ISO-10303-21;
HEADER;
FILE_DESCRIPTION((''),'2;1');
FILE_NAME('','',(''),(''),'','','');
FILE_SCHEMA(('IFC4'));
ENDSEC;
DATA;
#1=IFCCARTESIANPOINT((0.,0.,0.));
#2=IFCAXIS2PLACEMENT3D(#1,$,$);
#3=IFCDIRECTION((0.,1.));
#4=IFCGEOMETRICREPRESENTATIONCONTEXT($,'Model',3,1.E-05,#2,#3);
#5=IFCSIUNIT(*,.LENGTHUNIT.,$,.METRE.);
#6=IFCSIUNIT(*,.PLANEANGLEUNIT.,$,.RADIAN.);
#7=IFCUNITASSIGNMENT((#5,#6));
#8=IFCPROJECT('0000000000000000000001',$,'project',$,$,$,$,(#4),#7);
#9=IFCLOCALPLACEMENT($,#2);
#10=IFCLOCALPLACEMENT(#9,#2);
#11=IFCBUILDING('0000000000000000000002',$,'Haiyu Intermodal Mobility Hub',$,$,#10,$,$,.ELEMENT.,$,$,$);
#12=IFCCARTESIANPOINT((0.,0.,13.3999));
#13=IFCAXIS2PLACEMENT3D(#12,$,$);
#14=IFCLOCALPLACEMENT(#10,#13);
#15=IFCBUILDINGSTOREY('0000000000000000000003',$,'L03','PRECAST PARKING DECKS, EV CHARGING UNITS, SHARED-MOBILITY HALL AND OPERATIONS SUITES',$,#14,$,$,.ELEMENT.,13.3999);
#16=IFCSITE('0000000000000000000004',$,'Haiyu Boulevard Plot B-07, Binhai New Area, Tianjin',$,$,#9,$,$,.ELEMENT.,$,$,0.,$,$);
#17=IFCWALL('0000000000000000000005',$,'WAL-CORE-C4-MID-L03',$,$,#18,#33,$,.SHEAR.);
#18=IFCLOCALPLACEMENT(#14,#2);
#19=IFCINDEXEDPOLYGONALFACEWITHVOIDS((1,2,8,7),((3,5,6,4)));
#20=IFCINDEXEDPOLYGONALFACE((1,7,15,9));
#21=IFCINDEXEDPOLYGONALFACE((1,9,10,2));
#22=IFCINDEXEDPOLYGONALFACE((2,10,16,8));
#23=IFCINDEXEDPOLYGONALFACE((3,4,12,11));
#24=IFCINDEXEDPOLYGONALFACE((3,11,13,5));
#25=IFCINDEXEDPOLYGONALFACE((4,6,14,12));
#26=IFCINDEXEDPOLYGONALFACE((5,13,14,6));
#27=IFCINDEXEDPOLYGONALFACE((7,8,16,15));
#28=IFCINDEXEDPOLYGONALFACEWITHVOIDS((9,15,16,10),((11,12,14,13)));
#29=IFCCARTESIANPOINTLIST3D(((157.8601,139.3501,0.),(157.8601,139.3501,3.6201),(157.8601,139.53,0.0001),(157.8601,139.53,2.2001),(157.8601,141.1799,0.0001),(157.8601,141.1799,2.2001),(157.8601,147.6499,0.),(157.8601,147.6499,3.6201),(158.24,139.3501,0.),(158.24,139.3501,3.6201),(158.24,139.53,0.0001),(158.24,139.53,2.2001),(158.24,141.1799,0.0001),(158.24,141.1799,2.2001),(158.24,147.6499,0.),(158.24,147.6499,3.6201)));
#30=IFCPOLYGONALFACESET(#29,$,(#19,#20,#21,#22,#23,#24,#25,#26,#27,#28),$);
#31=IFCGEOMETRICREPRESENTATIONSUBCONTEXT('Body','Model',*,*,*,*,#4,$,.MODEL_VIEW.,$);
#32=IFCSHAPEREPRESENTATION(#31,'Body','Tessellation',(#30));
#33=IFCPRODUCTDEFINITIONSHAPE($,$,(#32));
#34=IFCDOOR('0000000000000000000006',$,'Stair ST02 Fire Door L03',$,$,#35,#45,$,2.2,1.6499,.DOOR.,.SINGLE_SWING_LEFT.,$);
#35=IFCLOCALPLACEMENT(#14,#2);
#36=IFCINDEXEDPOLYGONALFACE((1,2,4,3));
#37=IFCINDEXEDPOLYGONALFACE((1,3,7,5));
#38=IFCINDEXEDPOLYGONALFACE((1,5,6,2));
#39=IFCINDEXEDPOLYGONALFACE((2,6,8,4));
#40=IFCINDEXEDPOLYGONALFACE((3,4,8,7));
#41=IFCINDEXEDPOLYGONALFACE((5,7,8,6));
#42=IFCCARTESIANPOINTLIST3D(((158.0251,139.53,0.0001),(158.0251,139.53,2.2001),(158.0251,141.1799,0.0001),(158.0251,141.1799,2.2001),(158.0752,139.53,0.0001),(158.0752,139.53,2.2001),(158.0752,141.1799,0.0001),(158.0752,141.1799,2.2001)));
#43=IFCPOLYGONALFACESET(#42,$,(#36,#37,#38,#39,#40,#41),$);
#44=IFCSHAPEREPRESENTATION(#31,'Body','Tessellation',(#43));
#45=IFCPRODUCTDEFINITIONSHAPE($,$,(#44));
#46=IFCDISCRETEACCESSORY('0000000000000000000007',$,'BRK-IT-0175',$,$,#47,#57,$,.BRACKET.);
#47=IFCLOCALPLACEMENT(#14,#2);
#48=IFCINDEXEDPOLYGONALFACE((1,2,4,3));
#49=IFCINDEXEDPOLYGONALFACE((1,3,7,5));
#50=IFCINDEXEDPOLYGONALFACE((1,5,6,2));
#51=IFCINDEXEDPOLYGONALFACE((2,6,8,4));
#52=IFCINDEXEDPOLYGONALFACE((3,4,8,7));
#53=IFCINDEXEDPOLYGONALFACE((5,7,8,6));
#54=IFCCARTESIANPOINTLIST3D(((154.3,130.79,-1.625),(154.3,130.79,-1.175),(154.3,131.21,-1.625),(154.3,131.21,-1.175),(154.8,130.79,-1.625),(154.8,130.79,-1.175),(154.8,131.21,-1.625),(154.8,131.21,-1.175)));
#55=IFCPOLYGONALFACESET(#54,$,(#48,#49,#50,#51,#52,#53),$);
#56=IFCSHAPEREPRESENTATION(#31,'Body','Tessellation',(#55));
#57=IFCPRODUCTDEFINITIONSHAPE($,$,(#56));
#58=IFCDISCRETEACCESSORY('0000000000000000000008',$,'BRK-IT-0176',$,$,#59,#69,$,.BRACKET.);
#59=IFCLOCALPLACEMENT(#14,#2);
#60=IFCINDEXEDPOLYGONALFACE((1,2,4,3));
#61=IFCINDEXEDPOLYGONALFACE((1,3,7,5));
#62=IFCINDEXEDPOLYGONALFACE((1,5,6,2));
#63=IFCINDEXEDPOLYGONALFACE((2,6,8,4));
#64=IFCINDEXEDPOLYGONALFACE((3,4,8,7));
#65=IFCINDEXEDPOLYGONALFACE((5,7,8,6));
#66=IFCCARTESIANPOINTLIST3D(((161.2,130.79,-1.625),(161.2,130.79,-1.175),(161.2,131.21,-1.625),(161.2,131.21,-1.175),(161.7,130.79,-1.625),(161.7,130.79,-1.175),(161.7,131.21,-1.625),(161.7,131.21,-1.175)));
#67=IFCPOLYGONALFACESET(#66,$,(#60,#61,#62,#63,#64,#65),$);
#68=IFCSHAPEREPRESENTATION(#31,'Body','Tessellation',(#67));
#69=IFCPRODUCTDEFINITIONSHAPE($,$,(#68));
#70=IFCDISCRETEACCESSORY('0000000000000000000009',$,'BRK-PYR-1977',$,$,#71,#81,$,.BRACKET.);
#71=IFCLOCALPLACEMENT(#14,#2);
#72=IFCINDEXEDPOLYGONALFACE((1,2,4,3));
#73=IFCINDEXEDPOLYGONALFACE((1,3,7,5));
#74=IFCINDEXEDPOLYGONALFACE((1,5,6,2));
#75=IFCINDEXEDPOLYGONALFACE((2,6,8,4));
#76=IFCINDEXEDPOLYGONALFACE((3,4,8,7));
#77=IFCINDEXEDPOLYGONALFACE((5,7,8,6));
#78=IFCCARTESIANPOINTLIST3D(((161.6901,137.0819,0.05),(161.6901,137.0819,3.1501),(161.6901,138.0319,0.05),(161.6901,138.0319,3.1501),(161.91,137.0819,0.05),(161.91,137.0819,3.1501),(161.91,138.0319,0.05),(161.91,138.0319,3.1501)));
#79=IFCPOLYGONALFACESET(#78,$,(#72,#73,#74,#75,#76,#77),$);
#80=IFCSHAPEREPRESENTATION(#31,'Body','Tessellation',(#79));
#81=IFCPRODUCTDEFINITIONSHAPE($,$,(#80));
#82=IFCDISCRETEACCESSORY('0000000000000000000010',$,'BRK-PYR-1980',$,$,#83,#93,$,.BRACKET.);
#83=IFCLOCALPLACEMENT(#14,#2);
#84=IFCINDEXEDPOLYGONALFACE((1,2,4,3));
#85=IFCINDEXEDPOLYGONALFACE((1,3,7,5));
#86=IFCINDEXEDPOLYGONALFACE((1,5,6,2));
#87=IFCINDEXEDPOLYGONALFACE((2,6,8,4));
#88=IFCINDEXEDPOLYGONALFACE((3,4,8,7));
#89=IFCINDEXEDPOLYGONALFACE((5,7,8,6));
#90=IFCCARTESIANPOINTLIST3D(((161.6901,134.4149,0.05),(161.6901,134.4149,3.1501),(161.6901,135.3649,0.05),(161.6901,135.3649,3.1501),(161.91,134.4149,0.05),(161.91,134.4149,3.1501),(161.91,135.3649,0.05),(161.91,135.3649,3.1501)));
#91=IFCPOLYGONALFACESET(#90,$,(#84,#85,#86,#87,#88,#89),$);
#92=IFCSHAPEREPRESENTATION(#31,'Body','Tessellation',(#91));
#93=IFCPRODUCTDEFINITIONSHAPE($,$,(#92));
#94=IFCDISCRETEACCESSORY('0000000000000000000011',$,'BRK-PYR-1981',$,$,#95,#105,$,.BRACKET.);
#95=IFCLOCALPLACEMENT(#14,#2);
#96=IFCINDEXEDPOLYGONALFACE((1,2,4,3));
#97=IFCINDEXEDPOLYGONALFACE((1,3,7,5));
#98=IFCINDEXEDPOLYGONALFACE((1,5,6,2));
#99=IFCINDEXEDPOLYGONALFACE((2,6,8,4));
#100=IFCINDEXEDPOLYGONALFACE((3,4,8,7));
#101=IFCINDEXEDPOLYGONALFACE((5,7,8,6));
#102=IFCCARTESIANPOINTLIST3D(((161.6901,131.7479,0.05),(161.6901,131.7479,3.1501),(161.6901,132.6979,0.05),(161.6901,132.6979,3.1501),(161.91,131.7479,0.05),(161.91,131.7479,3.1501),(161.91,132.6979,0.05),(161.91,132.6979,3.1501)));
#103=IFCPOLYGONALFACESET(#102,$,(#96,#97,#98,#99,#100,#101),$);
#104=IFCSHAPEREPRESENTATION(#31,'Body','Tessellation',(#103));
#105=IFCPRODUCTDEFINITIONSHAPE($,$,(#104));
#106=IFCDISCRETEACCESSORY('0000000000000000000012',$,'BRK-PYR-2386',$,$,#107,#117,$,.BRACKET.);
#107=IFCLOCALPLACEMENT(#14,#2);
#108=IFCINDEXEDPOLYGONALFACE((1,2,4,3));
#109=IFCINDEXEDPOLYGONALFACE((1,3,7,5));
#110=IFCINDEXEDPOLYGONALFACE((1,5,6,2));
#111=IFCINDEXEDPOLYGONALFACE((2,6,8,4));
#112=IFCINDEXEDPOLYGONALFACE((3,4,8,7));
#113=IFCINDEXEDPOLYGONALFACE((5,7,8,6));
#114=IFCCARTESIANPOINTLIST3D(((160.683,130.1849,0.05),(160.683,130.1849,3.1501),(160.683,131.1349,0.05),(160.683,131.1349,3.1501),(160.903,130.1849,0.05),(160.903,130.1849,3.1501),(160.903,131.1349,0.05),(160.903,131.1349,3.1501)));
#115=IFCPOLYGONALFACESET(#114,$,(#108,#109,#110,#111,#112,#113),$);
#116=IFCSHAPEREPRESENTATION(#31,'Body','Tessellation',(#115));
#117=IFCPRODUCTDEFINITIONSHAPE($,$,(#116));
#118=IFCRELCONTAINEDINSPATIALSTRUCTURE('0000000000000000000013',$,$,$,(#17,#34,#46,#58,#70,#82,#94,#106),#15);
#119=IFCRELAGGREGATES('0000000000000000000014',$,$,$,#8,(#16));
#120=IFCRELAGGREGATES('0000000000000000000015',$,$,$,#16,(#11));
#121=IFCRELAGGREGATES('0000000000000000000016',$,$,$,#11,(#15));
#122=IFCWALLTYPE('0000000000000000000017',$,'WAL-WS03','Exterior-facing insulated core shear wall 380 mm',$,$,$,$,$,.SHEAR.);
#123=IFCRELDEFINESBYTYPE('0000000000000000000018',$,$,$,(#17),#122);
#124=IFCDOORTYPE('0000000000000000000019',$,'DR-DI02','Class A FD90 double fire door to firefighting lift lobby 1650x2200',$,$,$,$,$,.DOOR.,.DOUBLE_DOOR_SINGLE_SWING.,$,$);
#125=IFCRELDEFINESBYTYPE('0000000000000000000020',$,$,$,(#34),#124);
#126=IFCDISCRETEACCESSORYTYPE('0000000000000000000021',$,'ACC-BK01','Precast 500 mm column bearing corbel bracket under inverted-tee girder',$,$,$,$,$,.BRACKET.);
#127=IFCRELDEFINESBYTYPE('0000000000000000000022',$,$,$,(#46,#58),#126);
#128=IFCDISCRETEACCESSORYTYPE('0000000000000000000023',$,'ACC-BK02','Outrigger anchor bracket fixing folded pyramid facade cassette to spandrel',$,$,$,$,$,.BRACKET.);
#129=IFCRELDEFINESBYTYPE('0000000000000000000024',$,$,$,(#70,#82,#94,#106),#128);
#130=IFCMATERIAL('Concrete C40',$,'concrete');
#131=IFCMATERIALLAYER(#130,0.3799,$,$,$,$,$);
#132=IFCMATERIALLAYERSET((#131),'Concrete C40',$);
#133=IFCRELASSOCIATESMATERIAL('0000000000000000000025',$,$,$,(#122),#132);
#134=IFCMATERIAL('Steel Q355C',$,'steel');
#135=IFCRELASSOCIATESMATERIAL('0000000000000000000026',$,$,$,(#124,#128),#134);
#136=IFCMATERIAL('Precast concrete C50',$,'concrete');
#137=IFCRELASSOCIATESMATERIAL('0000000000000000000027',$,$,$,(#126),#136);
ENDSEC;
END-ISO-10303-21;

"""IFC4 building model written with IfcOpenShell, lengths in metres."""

from ifc_helpers import new_model, si_unit, direction, frame, frame_2d, origin, origin_2d, place, context, subcontext, project, spatial, rectangle, extrude, material, layer, layer_set, type_object, element, fill, save


model = new_model("IFC4")

# Units and contexts
model_context = context("Model", 3, precision=1e-05, world=origin(), true_north=direction((0.0, 1.0)))
body_context = subcontext(model_context, "Body", "Model", "MODEL_VIEW")
ifc_project = project(units=[si_unit("LENGTHUNIT", "METRE"), si_unit("PLANEANGLEUNIT", "RADIAN")], contexts=[model_context])

# Site, building, storey
site_placement = place(None, origin())
site = spatial("IfcSite", under=ifc_project, at=site_placement, Name="Haiyu Boulevard Plot B-07, Binhai New Area, Tianjin", CompositionType="ELEMENT", RefElevation=0.0)
building_placement = place(site_placement, origin())
building = spatial("IfcBuilding", under=site, at=building_placement, Name="Haiyu Intermodal Mobility Hub", CompositionType="ELEMENT")
storey_placement = place(building_placement, frame((0.0, 0.0, 13.3999)))
storey = spatial("IfcBuildingStorey", under=building, at=storey_placement, Name="L03", Description="PRECAST PARKING DECKS, EV CHARGING UNITS, SHARED-MOBILITY HALL AND OPERATIONS SUITES", CompositionType="ELEMENT", Elevation=13.3999)

# Shared definitions
ifc_material_1 = material(Name="Concrete C40", Category="concrete")
ifc_material_2 = material(Name="Steel Q355C", Category="steel")

# Wall, opening, door
ifc_layer_1 = layer(ifc_material_1, 0.3799)
ifc_layer_set_1 = layer_set([ifc_layer_1], Name="Concrete C40")
wall_type_1 = type_object("IfcWallType", Name="WAL-WS03", Description="Exterior-facing insulated core shear wall 380 mm", PredefinedType="SHEAR", material=ifc_layer_set_1)
wall_1_placement = place(storey_placement, frame((158.05, 139.3501, 0.0), z_axis=(0.0, 0.0, 1.0), x_axis=(0.0, 1.0, 0.0)))
wall_1 = element("IfcWall", 1, at=wall_1_placement, inside=storey, type_object=wall_type_1, Name="WAL-CORE-C4-MID-L03", PredefinedType="SHEAR", context=body_context, shape_type="SweptSolid", body=[
    extrude(rectangle(XDim=8.2998, YDim=0.3799, at=frame_2d((4.1499, 0.0))), origin(), (0.0, 0.0, 1.0), 3.6201),
])
opening_1_placement = place(wall_1_placement, frame((0.1799, 0.0, 0.0)))
opening_1 = element("IfcOpeningElement", 2, at=opening_1_placement, cuts=wall_1, PredefinedType="OPENING", context=body_context, shape_type="SweptSolid", body=[
    extrude(rectangle(XDim=1.6499, YDim=2.2, at=frame_2d((0.825, 1.1001))), frame((0.0, 0.2, 0.0), z_axis=(0.0, -1.0, 0.0), x_axis=(1.0, 0.0, 0.0)), (0.0, 0.0, 1.0), 0.3999),
])
door_type_1 = type_object("IfcDoorType", Name="DR-DI02", Description="Class A FD90 double fire door to firefighting lift lobby 1650x2200", OperationType="DOUBLE_DOOR_SINGLE_SWING", PredefinedType="DOOR", material=ifc_material_2)
door_1_placement = place(opening_1_placement, origin())
door_1 = element("IfcDoor", 3, at=door_1_placement, inside=storey, type_object=door_type_1, Name="Stair ST02 Fire Door L03", OperationType="SINGLE_SWING_LEFT", OverallHeight=2.2, OverallWidth=1.6499, PredefinedType="DOOR", context=body_context, shape_type="SweptSolid", body=[
    extrude(rectangle(XDim=1.6499, YDim=2.2, at=frame_2d((0.825, 1.1001))), frame((0.0, 0.0249, 0.0), z_axis=(0.0, -1.0, 0.0), x_axis=(1.0, 0.0, 0.0)), (0.0, 0.0, 1.0), 0.05),
])
fill(opening_1, door_1)

# Discrete accessories
ifc_material_3 = material(Name="Precast concrete C50", Category="concrete")
discrete_accessory_type_1 = type_object("IfcDiscreteAccessoryType", Name="ACC-BK01", Description="Precast 500 mm column bearing corbel bracket under inverted-tee girder", PredefinedType="BRACKET", material=ifc_material_3)
for number, where, z_axis, x_axis, name in (
    (4, (154.55, 131.0, -1.625), (0.0, 0.0, 1.0), (1.0, 0.0, 0.0), "BRK-IT-0175"),
    (5, (161.45, 131.0, -1.625), (0.0, 0.0, 1.0), (1.0, 0.0, 0.0), "BRK-IT-0176"),
):
    element("IfcDiscreteAccessory", number, at=place(storey_placement, frame(where, z_axis=z_axis, x_axis=x_axis)), inside=storey, type_object=discrete_accessory_type_1, Name=name, PredefinedType="BRACKET", context=body_context, shape_type="SweptSolid", body=[
        extrude(rectangle(XDim=0.5, YDim=0.4199, at=origin_2d()), origin(), (0.0, 0.0, 1.0), 0.45),
    ])
discrete_accessory_type_2 = type_object("IfcDiscreteAccessoryType", Name="ACC-BK02", Description="Outrigger anchor bracket fixing folded pyramid facade cassette to spandrel", PredefinedType="BRACKET", material=ifc_material_2)
for number, where, z_axis, x_axis, name in (
    (6, (161.8, 137.5569, 0.05), (0.0, 0.0, 1.0), (1.0, 0.0, 0.0), "BRK-PYR-1977"),
    (7, (161.8, 134.8899, 0.05), (0.0, 0.0, 1.0), (1.0, 0.0, 0.0), "BRK-PYR-1980"),
    (8, (161.8, 132.2229, 0.05), (0.0, 0.0, 1.0), (1.0, 0.0, 0.0), "BRK-PYR-1981"),
    (9, (160.793, 130.6599, 0.05), (0.0, 0.0, 1.0), (1.0, 0.0, 0.0), "BRK-PYR-2386"),
):
    element("IfcDiscreteAccessory", number, at=place(storey_placement, frame(where, z_axis=z_axis, x_axis=x_axis)), inside=storey, type_object=discrete_accessory_type_2, Name=name, PredefinedType="BRACKET", context=body_context, shape_type="SweptSolid", body=[
        extrude(rectangle(XDim=0.22, YDim=0.95, at=origin_2d()), origin(), (0.0, 0.0, 1.0), 3.1001),
    ])

save(model, "model.ifc")
